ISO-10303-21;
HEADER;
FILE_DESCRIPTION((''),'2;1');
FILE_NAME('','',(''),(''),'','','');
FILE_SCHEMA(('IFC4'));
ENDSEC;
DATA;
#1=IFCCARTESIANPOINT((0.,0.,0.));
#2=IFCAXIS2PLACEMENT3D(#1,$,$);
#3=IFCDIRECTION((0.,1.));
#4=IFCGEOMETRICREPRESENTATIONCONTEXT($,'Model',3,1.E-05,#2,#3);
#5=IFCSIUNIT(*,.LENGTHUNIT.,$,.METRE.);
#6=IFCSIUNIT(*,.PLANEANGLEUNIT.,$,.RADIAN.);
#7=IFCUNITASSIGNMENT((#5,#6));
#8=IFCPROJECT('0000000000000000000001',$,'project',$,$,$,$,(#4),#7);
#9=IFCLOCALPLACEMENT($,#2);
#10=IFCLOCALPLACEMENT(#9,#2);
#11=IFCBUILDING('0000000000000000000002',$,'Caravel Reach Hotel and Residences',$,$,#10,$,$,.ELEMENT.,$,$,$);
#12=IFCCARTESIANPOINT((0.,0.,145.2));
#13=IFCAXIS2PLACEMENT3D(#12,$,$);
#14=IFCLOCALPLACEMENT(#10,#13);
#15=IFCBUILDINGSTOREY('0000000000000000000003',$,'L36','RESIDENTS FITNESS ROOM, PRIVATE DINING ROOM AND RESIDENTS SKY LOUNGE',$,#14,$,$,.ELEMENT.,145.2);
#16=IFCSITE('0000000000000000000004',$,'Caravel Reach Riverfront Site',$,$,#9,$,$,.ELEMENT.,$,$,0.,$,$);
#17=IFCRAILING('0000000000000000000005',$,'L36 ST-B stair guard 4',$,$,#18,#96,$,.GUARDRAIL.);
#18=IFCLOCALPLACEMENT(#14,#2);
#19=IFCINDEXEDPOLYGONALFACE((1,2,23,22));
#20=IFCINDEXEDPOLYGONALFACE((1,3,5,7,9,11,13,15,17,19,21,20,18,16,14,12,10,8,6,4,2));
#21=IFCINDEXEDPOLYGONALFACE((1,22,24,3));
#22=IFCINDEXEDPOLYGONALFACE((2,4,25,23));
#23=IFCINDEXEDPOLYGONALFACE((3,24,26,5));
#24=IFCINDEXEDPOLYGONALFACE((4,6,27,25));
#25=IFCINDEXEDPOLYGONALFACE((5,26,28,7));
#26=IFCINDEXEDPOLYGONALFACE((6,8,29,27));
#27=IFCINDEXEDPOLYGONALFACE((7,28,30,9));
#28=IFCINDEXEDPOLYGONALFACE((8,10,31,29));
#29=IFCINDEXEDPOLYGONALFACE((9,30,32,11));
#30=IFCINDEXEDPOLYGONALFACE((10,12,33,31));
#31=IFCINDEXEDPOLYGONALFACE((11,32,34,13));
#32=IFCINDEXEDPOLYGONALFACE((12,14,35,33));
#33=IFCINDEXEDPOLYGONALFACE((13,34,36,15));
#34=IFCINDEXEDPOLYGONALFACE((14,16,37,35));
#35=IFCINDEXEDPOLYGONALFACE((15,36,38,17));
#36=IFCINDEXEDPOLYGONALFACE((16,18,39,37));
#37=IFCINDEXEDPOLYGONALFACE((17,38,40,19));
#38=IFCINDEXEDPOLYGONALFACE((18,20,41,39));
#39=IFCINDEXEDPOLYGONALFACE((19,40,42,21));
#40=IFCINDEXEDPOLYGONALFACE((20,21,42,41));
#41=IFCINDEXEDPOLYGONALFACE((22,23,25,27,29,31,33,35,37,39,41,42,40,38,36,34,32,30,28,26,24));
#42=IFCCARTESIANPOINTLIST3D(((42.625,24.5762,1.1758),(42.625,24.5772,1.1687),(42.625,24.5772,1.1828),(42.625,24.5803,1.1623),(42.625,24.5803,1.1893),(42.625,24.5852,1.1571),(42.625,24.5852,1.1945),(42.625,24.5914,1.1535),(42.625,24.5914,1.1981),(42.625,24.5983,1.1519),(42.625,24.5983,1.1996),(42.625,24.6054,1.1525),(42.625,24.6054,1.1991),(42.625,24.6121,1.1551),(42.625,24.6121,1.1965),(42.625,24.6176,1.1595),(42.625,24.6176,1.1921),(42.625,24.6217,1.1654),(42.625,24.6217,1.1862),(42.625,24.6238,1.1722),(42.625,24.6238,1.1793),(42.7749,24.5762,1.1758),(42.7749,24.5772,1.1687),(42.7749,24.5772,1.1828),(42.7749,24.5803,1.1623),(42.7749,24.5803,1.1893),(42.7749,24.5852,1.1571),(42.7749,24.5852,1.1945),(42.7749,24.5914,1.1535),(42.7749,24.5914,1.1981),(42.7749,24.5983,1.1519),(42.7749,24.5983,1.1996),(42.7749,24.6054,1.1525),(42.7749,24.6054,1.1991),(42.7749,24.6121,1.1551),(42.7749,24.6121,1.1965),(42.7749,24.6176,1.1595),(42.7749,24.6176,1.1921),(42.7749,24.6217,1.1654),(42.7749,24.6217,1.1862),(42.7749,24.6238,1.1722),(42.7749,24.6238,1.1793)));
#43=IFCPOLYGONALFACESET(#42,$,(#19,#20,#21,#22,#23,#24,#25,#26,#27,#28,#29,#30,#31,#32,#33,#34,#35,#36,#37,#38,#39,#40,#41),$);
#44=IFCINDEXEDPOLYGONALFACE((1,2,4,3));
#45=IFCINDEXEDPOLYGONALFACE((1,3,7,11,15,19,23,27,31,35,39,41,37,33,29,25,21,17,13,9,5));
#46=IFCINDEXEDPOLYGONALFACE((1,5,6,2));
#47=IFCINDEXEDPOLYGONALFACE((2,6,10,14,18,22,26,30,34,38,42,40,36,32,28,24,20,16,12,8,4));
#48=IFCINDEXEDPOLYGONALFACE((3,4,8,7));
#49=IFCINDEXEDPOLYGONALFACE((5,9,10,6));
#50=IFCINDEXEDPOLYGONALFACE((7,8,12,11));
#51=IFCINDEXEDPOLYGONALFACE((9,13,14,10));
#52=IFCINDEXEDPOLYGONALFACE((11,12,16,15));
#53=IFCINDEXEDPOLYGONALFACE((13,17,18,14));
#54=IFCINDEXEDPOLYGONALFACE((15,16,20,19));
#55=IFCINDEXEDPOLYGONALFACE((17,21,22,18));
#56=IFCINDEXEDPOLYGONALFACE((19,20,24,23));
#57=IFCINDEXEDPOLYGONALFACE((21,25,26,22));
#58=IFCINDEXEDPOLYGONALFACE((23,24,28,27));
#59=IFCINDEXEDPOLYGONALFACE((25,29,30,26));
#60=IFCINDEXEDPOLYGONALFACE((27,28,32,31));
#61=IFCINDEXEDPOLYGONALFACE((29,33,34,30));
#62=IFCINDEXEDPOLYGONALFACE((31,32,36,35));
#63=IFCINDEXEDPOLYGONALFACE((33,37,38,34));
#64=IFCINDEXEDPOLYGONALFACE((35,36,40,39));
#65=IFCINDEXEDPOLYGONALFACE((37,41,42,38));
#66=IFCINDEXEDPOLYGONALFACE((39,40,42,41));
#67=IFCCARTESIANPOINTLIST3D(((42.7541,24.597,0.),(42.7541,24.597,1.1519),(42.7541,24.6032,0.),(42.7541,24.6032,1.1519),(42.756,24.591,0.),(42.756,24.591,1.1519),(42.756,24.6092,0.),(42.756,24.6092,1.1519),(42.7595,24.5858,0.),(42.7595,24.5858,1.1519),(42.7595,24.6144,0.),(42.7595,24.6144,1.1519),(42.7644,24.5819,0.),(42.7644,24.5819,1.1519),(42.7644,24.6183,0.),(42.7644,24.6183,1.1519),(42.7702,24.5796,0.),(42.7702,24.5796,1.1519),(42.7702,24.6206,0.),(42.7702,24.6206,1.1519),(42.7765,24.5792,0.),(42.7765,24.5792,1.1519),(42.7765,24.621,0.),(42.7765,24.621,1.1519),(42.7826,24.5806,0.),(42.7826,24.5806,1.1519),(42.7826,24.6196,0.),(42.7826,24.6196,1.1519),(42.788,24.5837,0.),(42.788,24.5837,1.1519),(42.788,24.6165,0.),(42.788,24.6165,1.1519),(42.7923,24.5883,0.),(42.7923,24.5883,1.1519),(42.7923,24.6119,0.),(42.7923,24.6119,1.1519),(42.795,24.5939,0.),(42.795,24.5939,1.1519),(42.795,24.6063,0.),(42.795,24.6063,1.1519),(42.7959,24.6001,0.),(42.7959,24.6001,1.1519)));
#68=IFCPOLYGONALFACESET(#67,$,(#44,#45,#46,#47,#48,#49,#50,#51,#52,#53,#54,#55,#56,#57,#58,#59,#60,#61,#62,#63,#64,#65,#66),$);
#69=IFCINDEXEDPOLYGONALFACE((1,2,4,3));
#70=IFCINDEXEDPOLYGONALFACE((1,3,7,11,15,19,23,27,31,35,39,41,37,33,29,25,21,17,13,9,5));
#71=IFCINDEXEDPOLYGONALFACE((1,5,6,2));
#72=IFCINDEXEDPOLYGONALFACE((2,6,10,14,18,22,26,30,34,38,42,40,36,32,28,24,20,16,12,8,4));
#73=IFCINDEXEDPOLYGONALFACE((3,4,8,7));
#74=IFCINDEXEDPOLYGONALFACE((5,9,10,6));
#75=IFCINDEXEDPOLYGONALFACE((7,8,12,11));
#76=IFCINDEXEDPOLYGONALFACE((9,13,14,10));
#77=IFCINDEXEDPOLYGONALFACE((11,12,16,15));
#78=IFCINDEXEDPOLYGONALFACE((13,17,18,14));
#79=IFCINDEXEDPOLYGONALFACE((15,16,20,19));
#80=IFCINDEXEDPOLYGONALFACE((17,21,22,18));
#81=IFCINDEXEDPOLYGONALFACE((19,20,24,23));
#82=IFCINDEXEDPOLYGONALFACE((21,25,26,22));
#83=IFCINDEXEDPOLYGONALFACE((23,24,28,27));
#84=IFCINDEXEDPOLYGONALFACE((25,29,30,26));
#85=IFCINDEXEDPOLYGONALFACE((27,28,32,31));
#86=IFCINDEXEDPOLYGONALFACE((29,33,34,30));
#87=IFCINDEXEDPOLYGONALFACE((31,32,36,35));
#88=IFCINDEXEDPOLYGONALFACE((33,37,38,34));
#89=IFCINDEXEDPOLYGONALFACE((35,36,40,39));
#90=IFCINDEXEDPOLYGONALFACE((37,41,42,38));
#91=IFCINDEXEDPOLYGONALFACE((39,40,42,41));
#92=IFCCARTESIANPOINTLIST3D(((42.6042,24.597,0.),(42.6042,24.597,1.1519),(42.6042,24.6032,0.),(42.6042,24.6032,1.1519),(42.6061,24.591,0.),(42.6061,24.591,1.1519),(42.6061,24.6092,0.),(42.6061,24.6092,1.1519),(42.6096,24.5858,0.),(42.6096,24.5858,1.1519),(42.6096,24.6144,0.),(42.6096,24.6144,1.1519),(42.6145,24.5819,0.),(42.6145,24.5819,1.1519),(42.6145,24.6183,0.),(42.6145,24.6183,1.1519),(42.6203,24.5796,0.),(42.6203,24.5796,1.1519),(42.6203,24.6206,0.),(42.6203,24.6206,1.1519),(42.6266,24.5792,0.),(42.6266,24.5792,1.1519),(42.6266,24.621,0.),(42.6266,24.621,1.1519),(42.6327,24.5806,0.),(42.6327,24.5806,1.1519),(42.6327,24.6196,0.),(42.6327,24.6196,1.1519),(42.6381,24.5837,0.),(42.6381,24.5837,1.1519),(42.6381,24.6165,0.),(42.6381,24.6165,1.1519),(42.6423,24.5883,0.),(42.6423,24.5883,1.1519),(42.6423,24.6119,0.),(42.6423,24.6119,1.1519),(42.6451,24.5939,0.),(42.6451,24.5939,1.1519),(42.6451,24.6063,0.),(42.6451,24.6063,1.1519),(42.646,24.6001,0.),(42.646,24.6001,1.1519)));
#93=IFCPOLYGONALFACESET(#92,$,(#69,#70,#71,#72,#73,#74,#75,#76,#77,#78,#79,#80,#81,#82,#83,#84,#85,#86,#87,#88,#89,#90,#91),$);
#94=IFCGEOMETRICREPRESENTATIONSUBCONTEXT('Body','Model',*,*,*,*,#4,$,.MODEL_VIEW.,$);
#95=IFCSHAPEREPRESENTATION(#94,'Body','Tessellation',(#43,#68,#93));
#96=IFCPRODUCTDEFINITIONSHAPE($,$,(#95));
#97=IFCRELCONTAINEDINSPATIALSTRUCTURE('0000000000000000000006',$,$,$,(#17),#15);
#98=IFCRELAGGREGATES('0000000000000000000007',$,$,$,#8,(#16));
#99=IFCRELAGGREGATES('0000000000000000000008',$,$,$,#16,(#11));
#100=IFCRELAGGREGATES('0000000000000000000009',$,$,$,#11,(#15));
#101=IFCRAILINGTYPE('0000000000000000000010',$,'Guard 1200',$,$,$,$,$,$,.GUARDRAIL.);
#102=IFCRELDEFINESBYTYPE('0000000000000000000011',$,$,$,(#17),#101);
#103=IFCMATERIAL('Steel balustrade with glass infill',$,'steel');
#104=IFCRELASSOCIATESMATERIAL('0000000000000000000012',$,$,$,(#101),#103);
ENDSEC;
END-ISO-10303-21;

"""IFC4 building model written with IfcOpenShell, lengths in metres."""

from ifc_helpers import new_model, si_unit, direction, frame, origin, origin_2d, place, context, subcontext, project, spatial, circle, extrude, material, type_object, element, save


model = new_model("IFC4")

# Units and contexts
model_context = context("Model", 3, precision=1e-05, world=origin(), true_north=direction((0.0, 1.0)))
body_context = subcontext(model_context, "Body", "Model", "MODEL_VIEW")
ifc_project = project(units=[si_unit("LENGTHUNIT", "METRE"), si_unit("PLANEANGLEUNIT", "RADIAN")], contexts=[model_context])

# Site, building, storey
site_placement = place(None, origin())
site = spatial("IfcSite", under=ifc_project, at=site_placement, Name="Caravel Reach Riverfront Site", CompositionType="ELEMENT", RefElevation=0.0)
building_placement = place(site_placement, origin())
building = spatial("IfcBuilding", under=site, at=building_placement, Name="Caravel Reach Hotel and Residences", CompositionType="ELEMENT")
storey_placement = place(building_placement, frame((0.0, 0.0, 145.2)))
storey = spatial("IfcBuildingStorey", under=building, at=storey_placement, Name="L36", Description="RESIDENTS FITNESS ROOM, PRIVATE DINING ROOM AND RESIDENTS SKY LOUNGE", CompositionType="ELEMENT", Elevation=145.2)

# Railing
ifc_material_1 = material(Name="Steel balustrade with glass infill", Category="steel")
railing_type_1 = type_object("IfcRailingType", Name="Guard 1200", PredefinedType="GUARDRAIL", material=ifc_material_1)
railing_1_placement = place(storey_placement, frame((42.7749, 24.6001, 0.0)))
element("IfcRailing", 1, at=railing_1_placement, inside=storey, type_object=railing_type_1, Name="L36 ST-B stair guard 4", PredefinedType="GUARDRAIL", context=body_context, shape_type="SweptSolid", body=[
    extrude(circle(Radius=0.0239, at=origin_2d()), frame((0.0, 0.0, 1.1758), z_axis=(-1.0, 0.0, 0.0), x_axis=(0.0, -1.0, 0.0)), (0.0, 0.0, 1.0), 0.1499),
    extrude(circle(Radius=0.021, at=origin_2d()), origin(), (0.0, 0.0, 1.0), 1.1519),
    extrude(circle(Radius=0.021, at=origin_2d()), frame((-0.1499, 0.0, 0.0)), (0.0, 0.0, 1.0), 1.1519),
])

save(model, "model.ifc")
